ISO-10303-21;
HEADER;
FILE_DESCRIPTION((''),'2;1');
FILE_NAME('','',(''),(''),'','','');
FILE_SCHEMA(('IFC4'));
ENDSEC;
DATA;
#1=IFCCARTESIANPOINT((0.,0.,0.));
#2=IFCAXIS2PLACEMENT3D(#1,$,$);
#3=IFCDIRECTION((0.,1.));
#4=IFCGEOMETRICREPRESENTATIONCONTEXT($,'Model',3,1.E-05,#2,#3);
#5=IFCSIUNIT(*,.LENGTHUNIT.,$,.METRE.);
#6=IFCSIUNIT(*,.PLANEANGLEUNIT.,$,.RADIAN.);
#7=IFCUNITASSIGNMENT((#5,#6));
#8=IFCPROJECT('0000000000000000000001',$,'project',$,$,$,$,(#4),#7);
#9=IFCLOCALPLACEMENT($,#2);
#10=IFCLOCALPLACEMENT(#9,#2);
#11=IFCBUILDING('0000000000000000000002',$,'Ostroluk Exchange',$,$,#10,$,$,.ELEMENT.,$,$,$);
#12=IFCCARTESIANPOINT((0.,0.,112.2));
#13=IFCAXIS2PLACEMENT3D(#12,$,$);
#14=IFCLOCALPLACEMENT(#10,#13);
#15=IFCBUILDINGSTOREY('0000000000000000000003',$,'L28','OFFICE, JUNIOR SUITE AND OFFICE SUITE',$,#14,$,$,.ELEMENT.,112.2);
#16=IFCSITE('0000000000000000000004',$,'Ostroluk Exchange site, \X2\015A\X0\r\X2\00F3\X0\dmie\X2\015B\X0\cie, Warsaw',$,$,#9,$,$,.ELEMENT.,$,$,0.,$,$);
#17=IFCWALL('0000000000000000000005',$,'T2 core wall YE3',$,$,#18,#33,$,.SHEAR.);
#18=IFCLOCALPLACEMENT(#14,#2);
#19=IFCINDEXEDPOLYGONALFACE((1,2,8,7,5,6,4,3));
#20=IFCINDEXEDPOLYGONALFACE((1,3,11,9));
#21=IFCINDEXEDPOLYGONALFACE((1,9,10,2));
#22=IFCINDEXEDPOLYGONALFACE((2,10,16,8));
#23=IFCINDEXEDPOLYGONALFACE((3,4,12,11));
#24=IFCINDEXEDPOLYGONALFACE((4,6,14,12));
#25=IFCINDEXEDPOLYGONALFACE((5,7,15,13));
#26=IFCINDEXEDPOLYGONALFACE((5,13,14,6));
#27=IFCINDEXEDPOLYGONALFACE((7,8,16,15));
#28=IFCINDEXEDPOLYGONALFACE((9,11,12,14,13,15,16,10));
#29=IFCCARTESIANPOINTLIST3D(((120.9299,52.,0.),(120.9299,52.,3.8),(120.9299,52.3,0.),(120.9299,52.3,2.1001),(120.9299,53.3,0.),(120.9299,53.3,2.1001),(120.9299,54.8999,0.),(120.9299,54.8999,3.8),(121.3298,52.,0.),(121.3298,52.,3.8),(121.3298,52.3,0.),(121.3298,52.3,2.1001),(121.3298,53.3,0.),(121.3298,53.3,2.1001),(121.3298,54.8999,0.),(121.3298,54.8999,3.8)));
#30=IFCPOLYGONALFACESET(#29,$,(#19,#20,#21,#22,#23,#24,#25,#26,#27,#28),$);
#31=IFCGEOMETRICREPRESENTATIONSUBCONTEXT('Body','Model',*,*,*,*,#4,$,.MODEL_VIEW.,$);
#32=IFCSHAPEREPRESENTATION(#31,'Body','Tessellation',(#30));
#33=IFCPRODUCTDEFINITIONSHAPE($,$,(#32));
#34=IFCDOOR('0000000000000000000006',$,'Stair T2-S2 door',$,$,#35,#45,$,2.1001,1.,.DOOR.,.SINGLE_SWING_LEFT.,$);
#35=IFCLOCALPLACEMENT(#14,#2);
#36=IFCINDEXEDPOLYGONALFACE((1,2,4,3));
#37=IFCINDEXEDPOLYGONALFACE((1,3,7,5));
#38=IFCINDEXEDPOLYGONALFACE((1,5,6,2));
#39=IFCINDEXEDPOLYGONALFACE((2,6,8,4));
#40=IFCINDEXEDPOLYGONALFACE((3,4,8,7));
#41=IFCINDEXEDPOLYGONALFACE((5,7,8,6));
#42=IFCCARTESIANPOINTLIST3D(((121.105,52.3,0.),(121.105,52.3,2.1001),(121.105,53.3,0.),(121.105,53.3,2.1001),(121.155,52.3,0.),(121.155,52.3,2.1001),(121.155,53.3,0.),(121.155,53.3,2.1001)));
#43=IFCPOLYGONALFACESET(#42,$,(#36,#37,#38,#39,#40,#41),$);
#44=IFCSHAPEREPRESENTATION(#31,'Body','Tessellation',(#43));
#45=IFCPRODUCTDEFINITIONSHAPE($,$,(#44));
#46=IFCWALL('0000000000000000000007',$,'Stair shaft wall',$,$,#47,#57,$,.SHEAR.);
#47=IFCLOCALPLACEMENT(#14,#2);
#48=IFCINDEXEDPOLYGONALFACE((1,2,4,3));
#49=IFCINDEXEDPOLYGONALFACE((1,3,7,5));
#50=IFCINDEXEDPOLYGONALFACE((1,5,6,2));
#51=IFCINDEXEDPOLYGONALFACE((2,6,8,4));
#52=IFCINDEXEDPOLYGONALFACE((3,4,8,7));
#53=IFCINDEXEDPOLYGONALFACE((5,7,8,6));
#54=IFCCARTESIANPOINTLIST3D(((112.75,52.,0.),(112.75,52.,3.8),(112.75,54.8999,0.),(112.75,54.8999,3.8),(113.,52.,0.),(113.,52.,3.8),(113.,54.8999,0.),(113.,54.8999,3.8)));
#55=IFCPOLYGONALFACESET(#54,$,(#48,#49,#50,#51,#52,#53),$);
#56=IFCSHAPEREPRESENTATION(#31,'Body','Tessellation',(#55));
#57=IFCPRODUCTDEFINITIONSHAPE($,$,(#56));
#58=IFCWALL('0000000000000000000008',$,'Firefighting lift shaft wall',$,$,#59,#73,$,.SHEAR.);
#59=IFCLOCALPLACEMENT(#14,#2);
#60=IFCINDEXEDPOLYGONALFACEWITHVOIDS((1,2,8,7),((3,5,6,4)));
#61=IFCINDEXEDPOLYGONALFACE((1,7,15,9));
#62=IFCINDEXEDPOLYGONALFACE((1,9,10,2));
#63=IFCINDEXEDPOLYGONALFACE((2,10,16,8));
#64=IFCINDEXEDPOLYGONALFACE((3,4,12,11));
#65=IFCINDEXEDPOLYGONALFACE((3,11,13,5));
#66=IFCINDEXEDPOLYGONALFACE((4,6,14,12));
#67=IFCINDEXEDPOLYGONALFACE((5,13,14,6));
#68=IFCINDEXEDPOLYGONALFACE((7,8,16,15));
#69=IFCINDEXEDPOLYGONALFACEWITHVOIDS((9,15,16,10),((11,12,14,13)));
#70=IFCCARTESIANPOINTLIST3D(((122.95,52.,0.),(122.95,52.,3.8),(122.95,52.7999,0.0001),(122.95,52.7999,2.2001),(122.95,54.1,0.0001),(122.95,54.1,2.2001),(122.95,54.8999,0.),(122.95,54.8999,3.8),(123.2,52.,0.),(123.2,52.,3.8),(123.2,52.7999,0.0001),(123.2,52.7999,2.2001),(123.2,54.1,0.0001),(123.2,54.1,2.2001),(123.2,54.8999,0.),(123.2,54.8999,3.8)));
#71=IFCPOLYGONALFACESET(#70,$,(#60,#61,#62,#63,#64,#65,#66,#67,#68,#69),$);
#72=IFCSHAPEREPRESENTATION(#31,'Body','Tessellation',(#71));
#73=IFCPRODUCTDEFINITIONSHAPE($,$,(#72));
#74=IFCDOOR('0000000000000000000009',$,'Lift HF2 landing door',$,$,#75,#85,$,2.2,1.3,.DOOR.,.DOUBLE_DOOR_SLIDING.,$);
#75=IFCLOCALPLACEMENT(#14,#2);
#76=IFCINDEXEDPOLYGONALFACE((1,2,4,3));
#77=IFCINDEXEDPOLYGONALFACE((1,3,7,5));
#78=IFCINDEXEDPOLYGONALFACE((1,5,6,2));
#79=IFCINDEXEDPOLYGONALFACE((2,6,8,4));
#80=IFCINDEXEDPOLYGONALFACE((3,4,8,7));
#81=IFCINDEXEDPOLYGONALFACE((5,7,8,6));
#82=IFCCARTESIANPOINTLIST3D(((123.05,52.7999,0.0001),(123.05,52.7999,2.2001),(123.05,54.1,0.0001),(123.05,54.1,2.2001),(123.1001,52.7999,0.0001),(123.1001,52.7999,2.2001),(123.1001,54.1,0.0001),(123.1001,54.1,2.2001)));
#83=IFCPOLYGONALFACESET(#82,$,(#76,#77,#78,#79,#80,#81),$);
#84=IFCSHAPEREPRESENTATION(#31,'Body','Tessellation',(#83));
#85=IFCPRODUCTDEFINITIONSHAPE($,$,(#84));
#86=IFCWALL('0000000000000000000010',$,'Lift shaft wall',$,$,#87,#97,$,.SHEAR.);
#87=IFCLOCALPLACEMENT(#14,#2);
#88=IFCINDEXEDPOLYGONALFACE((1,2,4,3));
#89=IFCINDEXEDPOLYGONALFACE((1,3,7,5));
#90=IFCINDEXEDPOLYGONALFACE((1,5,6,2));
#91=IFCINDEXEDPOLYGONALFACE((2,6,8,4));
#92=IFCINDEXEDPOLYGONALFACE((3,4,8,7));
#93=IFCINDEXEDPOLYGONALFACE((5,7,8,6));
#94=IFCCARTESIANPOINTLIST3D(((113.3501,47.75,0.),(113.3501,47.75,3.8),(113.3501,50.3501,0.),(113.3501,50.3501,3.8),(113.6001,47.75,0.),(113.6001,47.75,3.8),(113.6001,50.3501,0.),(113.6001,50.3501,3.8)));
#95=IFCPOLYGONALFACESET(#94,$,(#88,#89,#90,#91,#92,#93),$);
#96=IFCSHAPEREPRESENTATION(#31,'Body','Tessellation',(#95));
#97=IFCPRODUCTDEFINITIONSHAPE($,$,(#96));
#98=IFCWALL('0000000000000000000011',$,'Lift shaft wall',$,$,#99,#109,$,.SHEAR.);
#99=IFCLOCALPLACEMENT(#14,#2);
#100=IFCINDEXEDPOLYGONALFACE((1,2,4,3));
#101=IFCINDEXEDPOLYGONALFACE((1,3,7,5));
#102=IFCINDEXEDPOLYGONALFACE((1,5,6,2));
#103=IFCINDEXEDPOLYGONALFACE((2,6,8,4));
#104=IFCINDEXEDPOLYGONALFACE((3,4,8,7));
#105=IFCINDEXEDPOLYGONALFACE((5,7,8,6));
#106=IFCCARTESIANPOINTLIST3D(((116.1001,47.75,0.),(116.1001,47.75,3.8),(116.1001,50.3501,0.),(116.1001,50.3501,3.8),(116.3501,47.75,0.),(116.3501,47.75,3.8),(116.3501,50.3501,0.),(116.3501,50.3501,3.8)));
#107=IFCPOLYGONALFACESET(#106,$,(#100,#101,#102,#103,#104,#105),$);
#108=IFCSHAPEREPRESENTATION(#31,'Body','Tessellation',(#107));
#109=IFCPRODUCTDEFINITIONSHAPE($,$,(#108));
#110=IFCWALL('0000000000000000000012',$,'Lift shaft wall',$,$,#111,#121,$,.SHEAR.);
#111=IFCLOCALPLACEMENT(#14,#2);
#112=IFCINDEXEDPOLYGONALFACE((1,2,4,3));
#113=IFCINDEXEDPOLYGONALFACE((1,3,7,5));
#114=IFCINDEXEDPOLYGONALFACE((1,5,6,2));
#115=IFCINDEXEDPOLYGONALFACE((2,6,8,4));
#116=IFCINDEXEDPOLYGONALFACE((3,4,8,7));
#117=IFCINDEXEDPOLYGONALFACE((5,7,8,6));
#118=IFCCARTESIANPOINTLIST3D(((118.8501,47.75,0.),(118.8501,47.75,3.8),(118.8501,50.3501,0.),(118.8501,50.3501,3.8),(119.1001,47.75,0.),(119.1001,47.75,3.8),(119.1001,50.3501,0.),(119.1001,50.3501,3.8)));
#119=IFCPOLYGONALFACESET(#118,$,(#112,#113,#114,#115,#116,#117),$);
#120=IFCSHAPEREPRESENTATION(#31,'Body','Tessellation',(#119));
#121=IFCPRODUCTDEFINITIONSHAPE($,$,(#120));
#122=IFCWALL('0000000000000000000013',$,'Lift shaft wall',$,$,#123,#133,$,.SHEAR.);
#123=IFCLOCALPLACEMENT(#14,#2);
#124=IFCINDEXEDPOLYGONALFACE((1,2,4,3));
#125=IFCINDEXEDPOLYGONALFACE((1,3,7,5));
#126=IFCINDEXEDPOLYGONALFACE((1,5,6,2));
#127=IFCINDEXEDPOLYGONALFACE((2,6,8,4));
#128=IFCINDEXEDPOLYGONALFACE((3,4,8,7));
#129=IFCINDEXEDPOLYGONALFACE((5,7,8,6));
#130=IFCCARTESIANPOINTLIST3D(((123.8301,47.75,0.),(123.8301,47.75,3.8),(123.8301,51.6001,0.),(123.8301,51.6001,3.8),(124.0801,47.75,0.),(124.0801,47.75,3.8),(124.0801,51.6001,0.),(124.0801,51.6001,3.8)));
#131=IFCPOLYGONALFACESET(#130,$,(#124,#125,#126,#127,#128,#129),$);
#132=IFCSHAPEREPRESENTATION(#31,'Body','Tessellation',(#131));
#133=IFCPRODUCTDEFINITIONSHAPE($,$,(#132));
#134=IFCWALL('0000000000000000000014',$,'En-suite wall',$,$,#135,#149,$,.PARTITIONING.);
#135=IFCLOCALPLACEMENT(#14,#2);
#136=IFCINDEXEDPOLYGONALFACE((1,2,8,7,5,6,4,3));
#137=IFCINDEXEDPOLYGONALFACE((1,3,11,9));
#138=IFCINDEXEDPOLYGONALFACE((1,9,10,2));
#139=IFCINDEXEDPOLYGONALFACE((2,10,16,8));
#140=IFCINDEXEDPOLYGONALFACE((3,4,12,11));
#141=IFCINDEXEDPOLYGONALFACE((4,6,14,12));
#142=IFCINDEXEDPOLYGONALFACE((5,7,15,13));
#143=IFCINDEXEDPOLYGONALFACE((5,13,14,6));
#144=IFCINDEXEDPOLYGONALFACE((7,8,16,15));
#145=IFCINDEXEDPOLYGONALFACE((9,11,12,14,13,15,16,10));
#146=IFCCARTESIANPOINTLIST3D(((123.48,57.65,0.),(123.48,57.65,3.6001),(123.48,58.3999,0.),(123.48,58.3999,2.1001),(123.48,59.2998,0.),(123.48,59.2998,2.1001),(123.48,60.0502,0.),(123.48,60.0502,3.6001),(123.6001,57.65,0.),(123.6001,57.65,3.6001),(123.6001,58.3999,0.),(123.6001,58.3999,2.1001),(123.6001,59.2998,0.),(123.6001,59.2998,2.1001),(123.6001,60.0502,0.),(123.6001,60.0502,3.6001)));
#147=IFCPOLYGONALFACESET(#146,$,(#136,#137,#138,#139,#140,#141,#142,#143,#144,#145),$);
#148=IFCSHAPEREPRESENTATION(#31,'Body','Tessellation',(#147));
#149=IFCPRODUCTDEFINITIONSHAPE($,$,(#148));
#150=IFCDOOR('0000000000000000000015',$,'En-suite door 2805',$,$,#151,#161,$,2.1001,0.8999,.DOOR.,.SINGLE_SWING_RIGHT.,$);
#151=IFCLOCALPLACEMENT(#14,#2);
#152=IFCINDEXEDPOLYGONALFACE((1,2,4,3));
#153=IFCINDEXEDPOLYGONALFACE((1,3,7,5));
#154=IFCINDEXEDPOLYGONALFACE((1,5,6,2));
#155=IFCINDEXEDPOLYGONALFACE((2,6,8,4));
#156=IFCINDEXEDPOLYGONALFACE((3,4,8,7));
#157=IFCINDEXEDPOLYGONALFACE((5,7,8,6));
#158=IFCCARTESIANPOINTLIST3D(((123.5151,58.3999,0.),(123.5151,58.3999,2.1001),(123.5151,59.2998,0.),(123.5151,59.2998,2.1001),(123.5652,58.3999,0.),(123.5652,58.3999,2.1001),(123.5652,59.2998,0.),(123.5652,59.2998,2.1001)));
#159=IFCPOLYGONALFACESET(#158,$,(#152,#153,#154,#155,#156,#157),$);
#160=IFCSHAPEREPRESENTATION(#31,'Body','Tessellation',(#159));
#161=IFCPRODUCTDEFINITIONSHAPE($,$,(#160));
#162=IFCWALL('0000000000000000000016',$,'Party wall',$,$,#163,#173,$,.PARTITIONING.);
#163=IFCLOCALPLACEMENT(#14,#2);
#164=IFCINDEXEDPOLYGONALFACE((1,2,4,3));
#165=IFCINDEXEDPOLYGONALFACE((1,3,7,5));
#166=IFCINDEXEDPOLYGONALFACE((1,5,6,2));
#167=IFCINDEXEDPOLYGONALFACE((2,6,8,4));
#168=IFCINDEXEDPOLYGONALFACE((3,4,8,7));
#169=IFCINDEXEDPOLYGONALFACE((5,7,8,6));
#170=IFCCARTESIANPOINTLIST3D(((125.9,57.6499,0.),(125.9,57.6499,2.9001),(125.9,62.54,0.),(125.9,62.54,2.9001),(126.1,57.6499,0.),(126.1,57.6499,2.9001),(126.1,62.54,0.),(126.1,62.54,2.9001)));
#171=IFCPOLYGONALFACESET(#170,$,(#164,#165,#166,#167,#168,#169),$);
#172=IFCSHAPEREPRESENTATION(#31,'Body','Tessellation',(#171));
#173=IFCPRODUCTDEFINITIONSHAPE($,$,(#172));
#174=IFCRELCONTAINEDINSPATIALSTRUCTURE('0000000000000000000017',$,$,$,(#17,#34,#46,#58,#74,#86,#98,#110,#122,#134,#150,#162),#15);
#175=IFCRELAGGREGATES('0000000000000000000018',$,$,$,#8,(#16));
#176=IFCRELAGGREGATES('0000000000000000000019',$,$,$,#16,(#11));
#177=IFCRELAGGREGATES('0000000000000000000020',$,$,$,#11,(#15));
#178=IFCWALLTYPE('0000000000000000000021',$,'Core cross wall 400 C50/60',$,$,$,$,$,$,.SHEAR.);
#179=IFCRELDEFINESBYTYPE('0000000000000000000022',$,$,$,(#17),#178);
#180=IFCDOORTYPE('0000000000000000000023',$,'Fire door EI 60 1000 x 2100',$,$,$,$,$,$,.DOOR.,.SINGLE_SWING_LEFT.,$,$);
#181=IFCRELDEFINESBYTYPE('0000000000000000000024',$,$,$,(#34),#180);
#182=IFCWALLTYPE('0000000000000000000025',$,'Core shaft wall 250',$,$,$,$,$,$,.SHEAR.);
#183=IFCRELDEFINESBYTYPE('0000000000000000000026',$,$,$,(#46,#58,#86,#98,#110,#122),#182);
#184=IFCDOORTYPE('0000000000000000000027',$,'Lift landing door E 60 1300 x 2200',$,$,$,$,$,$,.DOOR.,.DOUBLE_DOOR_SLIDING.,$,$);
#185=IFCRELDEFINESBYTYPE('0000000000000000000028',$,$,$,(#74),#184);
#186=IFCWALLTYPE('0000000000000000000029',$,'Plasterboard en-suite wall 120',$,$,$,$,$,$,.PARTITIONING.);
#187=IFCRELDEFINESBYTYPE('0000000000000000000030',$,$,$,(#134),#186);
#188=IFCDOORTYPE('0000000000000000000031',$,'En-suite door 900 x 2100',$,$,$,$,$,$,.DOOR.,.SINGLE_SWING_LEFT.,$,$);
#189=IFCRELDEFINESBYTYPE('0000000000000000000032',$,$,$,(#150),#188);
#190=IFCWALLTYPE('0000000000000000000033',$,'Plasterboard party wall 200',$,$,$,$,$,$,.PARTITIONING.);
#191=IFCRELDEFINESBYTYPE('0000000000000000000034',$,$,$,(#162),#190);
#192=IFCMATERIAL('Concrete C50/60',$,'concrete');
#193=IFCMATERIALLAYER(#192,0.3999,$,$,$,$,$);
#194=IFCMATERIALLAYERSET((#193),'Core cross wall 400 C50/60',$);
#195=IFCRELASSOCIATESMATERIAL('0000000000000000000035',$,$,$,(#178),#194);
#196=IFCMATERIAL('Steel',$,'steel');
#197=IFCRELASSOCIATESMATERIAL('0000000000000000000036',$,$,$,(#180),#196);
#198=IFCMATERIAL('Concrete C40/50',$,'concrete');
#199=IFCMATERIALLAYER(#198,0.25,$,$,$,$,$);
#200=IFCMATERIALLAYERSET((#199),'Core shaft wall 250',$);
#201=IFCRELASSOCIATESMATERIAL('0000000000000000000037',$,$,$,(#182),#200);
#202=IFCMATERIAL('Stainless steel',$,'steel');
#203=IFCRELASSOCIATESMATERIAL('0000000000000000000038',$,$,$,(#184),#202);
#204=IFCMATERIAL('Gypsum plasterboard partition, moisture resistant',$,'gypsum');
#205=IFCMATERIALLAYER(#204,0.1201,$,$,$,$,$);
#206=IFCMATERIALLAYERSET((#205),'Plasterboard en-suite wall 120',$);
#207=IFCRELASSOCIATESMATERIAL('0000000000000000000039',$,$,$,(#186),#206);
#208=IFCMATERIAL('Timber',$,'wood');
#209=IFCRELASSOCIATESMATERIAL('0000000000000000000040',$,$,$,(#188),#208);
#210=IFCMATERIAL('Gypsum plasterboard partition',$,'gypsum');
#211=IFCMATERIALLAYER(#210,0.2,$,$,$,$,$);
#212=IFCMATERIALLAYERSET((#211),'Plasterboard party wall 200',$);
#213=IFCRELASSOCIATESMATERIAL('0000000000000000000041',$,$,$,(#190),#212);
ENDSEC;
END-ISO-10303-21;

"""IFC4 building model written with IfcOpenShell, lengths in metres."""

from ifc_helpers import new_model, si_unit, direction, frame, frame_2d, origin, place, context, subcontext, project, spatial, rectangle, extrude, material, layer, layer_set, type_object, element, fill, save


model = new_model("IFC4")

# Units and contexts
model_context = context("Model", 3, precision=1e-05, world=origin(), true_north=direction((0.0, 1.0)))
body_context = subcontext(model_context, "Body", "Model", "MODEL_VIEW")
ifc_project = project(units=[si_unit("LENGTHUNIT", "METRE"), si_unit("PLANEANGLEUNIT", "RADIAN")], contexts=[model_context])

# Site, building, storey
site_placement = place(None, origin())
site = spatial("IfcSite", under=ifc_project, at=site_placement, Name="Ostroluk Exchange site, Śródmieście, Warsaw", CompositionType="ELEMENT", RefElevation=0.0)
building_placement = place(site_placement, origin())
building = spatial("IfcBuilding", under=site, at=building_placement, Name="Ostroluk Exchange", CompositionType="ELEMENT")
storey_placement = place(building_placement, frame((0.0, 0.0, 112.2)))
storey = spatial("IfcBuildingStorey", under=building, at=storey_placement, Name="L28", Description="OFFICE, JUNIOR SUITE AND OFFICE SUITE", CompositionType="ELEMENT", Elevation=112.2)

# Wall, opening, door
ifc_material_1 = material(Name="Concrete C50/60", Category="concrete")
ifc_layer_1 = layer(ifc_material_1, 0.3999)
ifc_layer_set_1 = layer_set([ifc_layer_1], Name="Core cross wall 400 C50/60")
wall_type_1 = type_object("IfcWallType", Name="Core cross wall 400 C50/60", PredefinedType="SHEAR", material=ifc_layer_set_1)
wall_1_placement = place(storey_placement, frame((121.1299, 52.0, 0.0), z_axis=(0.0, 0.0, 1.0), x_axis=(0.0, 1.0, 0.0)))
wall_1 = element("IfcWall", 1, at=wall_1_placement, inside=storey, type_object=wall_type_1, Name="T2 core wall YE3", PredefinedType="SHEAR", context=body_context, shape_type="SweptSolid", body=[
    extrude(rectangle(XDim=2.8999, YDim=0.3999, at=frame_2d((1.45, 0.0))), origin(), (0.0, 0.0, 1.0), 3.8),
])
opening_1_placement = place(wall_1_placement, frame((0.3, 0.0, 0.0)))
opening_1 = element("IfcOpeningElement", 2, at=opening_1_placement, cuts=wall_1, PredefinedType="OPENING", context=body_context, shape_type="SweptSolid", body=[
    extrude(rectangle(XDim=1.0, YDim=2.1001, at=frame_2d((0.5, 1.05))), frame((0.0, 0.21, 0.0), z_axis=(0.0, -1.0, 0.0), x_axis=(1.0, 0.0, 0.0)), (0.0, 0.0, 1.0), 0.4199),
])
ifc_material_2 = material(Name="Steel", Category="steel")
door_type_1 = type_object("IfcDoorType", Name="Fire door EI 60 1000 x 2100", OperationType="SINGLE_SWING_LEFT", PredefinedType="DOOR", material=ifc_material_2)
door_1_placement = place(opening_1_placement, origin())
door_1 = element("IfcDoor", 3, at=door_1_placement, inside=storey, type_object=door_type_1, Name="Stair T2-S2 door", OperationType="SINGLE_SWING_LEFT", OverallHeight=2.1001, OverallWidth=1.0, PredefinedType="DOOR", context=body_context, shape_type="SweptSolid", body=[
    extrude(rectangle(XDim=1.0, YDim=2.1001, at=frame_2d((0.5, 1.05))), frame((0.0, 0.0249, 0.0), z_axis=(0.0, -1.0, 0.0), x_axis=(1.0, 0.0, 0.0)), (0.0, 0.0, 1.0), 0.05),
])
fill(opening_1, door_1)

# Wall
ifc_material_3 = material(Name="Concrete C40/50", Category="concrete")
ifc_layer_2 = layer(ifc_material_3, 0.25)
ifc_layer_set_2 = layer_set([ifc_layer_2], Name="Core shaft wall 250")
wall_type_2 = type_object("IfcWallType", Name="Core shaft wall 250", PredefinedType="SHEAR", material=ifc_layer_set_2)
wall_2_placement = place(storey_placement, frame((112.875, 52.0, 0.0), z_axis=(0.0, 0.0, 1.0), x_axis=(0.0, 1.0, 0.0)))
element("IfcWall", 4, at=wall_2_placement, inside=storey, type_object=wall_type_2, Name="Stair shaft wall", PredefinedType="SHEAR", context=body_context, shape_type="SweptSolid", body=[
    extrude(rectangle(XDim=2.8999, YDim=0.25, at=frame_2d((1.45, 0.0))), origin(), (0.0, 0.0, 1.0), 3.8),
])

# Wall, opening, door
wall_3_placement = place(storey_placement, frame((123.075, 52.0, 0.0), z_axis=(0.0, 0.0, 1.0), x_axis=(0.0, 1.0, 0.0)))
wall_3 = element("IfcWall", 5, at=wall_3_placement, inside=storey, type_object=wall_type_2, Name="Firefighting lift shaft wall", PredefinedType="SHEAR", context=body_context, shape_type="SweptSolid", body=[
    extrude(rectangle(XDim=2.8999, YDim=0.25, at=frame_2d((1.45, 0.0))), origin(), (0.0, 0.0, 1.0), 3.8),
])
opening_2_placement = place(wall_3_placement, frame((0.8, 0.0, 0.0)))
opening_2 = element("IfcOpeningElement", 6, at=opening_2_placement, cuts=wall_3, PredefinedType="OPENING", context=body_context, shape_type="SweptSolid", body=[
    extrude(rectangle(XDim=1.3, YDim=2.2, at=frame_2d((0.6499, 1.1001))), frame((0.0, 0.135, 0.0), z_axis=(0.0, -1.0, 0.0), x_axis=(1.0, 0.0, 0.0)), (0.0, 0.0, 1.0), 0.27),
])
ifc_material_4 = material(Name="Stainless steel", Category="steel")
door_type_2 = type_object("IfcDoorType", Name="Lift landing door E 60 1300 x 2200", OperationType="DOUBLE_DOOR_SLIDING", PredefinedType="DOOR", material=ifc_material_4)
door_2_placement = place(opening_2_placement, origin())
door_2 = element("IfcDoor", 7, at=door_2_placement, inside=storey, type_object=door_type_2, Name="Lift HF2 landing door", OperationType="DOUBLE_DOOR_SLIDING", OverallHeight=2.2, OverallWidth=1.3, PredefinedType="DOOR", context=body_context, shape_type="SweptSolid", body=[
    extrude(rectangle(XDim=1.3, YDim=2.2, at=frame_2d((0.6499, 1.1001))), frame((0.0, 0.0249, 0.0), z_axis=(0.0, -1.0, 0.0), x_axis=(1.0, 0.0, 0.0)), (0.0, 0.0, 1.0), 0.05),
])
fill(opening_2, door_2)

# Walls
for number, where, z_axis, x_axis, name in (
    (8, (113.4751, 47.75, 0.0), (0.0, 0.0, 1.0), (0.0, 1.0, 0.0), "Lift shaft wall"),
    (9, (116.2251, 47.75, 0.0), (0.0, 0.0, 1.0), (0.0, 1.0, 0.0), "Lift shaft wall"),
    (10, (118.9751, 47.75, 0.0), (0.0, 0.0, 1.0), (0.0, 1.0, 0.0), "Lift shaft wall"),
):
    element("IfcWall", number, at=place(storey_placement, frame(where, z_axis=z_axis, x_axis=x_axis)), inside=storey, type_object=wall_type_2, Name=name, PredefinedType="SHEAR", context=body_context, shape_type="SweptSolid", body=[
        extrude(rectangle(XDim=2.6001, YDim=0.25, at=frame_2d((1.3, 0.0))), origin(), (0.0, 0.0, 1.0), 3.8),
    ])
wall_4_placement = place(storey_placement, frame((123.9551, 47.75, 0.0), z_axis=(0.0, 0.0, 1.0), x_axis=(0.0, 1.0, 0.0)))
element("IfcWall", 11, at=wall_4_placement, inside=storey, type_object=wall_type_2, Name="Lift shaft wall", PredefinedType="SHEAR", context=body_context, shape_type="SweptSolid", body=[
    extrude(rectangle(XDim=3.8501, YDim=0.25, at=frame_2d((1.925, 0.0))), origin(), (0.0, 0.0, 1.0), 3.8),
])

# Wall, opening, door
ifc_material_5 = material(Name="Gypsum plasterboard partition, moisture resistant", Category="gypsum")
ifc_layer_3 = layer(ifc_material_5, 0.1201)
ifc_layer_set_3 = layer_set([ifc_layer_3], Name="Plasterboard en-suite wall 120")
wall_type_3 = type_object("IfcWallType", Name="Plasterboard en-suite wall 120", PredefinedType="PARTITIONING", material=ifc_layer_set_3)
wall_5_placement = place(storey_placement, frame((123.54, 57.6499, 0.0), z_axis=(0.0, 0.0, 1.0), x_axis=(0.0, 1.0, 0.0)))
wall_5 = element("IfcWall", 12, at=wall_5_placement, inside=storey, type_object=wall_type_3, Name="En-suite wall", PredefinedType="PARTITIONING", context=body_context, shape_type="SweptSolid", body=[
    extrude(rectangle(XDim=2.4001, YDim=0.1201, at=frame_2d((1.2002, 0.0))), origin(), (0.0, 0.0, 1.0), 3.6001),
])
opening_3_placement = place(wall_5_placement, frame((0.75, 0.0, 0.0)))
opening_3 = element("IfcOpeningElement", 13, at=opening_3_placement, cuts=wall_5, PredefinedType="OPENING", context=body_context, shape_type="SweptSolid", body=[
    extrude(rectangle(XDim=0.8999, YDim=2.1001, at=frame_2d((0.45, 1.05))), frame((0.0, 0.0701, 0.0), z_axis=(0.0, -1.0, 0.0), x_axis=(1.0, 0.0, 0.0)), (0.0, 0.0, 1.0), 0.1401),
])
ifc_material_6 = material(Name="Timber", Category="wood")
door_type_3 = type_object("IfcDoorType", Name="En-suite door 900 x 2100", OperationType="SINGLE_SWING_LEFT", PredefinedType="DOOR", material=ifc_material_6)
door_3_placement = place(opening_3_placement, origin())
door_3 = element("IfcDoor", 14, at=door_3_placement, inside=storey, type_object=door_type_3, Name="En-suite door 2805", OperationType="SINGLE_SWING_RIGHT", OverallHeight=2.1001, OverallWidth=0.8999, PredefinedType="DOOR", context=body_context, shape_type="SweptSolid", body=[
    extrude(rectangle(XDim=0.8999, YDim=2.1001, at=frame_2d((0.45, 1.05))), frame((0.0, 0.0249, 0.0), z_axis=(0.0, -1.0, 0.0), x_axis=(1.0, 0.0, 0.0)), (0.0, 0.0, 1.0), 0.05),
])
fill(opening_3, door_3)

# Wall
ifc_material_7 = material(Name="Gypsum plasterboard partition", Category="gypsum")
ifc_layer_4 = layer(ifc_material_7, 0.2)
ifc_layer_set_4 = layer_set([ifc_layer_4], Name="Plasterboard party wall 200")
wall_type_4 = type_object("IfcWallType", Name="Plasterboard party wall 200", PredefinedType="PARTITIONING", material=ifc_layer_set_4)
wall_6_placement = place(storey_placement, frame((126.0, 57.6499, 0.0), z_axis=(0.0, 0.0, 1.0), x_axis=(0.0, 1.0, 0.0)))
element("IfcWall", 15, at=wall_6_placement, inside=storey, type_object=wall_type_4, Name="Party wall", PredefinedType="PARTITIONING", context=body_context, shape_type="SweptSolid", body=[
    extrude(rectangle(XDim=4.8901, YDim=0.2, at=frame_2d((2.4451, 0.0))), origin(), (0.0, 0.0, 1.0), 2.9001),
])

save(model, "model.ifc")
